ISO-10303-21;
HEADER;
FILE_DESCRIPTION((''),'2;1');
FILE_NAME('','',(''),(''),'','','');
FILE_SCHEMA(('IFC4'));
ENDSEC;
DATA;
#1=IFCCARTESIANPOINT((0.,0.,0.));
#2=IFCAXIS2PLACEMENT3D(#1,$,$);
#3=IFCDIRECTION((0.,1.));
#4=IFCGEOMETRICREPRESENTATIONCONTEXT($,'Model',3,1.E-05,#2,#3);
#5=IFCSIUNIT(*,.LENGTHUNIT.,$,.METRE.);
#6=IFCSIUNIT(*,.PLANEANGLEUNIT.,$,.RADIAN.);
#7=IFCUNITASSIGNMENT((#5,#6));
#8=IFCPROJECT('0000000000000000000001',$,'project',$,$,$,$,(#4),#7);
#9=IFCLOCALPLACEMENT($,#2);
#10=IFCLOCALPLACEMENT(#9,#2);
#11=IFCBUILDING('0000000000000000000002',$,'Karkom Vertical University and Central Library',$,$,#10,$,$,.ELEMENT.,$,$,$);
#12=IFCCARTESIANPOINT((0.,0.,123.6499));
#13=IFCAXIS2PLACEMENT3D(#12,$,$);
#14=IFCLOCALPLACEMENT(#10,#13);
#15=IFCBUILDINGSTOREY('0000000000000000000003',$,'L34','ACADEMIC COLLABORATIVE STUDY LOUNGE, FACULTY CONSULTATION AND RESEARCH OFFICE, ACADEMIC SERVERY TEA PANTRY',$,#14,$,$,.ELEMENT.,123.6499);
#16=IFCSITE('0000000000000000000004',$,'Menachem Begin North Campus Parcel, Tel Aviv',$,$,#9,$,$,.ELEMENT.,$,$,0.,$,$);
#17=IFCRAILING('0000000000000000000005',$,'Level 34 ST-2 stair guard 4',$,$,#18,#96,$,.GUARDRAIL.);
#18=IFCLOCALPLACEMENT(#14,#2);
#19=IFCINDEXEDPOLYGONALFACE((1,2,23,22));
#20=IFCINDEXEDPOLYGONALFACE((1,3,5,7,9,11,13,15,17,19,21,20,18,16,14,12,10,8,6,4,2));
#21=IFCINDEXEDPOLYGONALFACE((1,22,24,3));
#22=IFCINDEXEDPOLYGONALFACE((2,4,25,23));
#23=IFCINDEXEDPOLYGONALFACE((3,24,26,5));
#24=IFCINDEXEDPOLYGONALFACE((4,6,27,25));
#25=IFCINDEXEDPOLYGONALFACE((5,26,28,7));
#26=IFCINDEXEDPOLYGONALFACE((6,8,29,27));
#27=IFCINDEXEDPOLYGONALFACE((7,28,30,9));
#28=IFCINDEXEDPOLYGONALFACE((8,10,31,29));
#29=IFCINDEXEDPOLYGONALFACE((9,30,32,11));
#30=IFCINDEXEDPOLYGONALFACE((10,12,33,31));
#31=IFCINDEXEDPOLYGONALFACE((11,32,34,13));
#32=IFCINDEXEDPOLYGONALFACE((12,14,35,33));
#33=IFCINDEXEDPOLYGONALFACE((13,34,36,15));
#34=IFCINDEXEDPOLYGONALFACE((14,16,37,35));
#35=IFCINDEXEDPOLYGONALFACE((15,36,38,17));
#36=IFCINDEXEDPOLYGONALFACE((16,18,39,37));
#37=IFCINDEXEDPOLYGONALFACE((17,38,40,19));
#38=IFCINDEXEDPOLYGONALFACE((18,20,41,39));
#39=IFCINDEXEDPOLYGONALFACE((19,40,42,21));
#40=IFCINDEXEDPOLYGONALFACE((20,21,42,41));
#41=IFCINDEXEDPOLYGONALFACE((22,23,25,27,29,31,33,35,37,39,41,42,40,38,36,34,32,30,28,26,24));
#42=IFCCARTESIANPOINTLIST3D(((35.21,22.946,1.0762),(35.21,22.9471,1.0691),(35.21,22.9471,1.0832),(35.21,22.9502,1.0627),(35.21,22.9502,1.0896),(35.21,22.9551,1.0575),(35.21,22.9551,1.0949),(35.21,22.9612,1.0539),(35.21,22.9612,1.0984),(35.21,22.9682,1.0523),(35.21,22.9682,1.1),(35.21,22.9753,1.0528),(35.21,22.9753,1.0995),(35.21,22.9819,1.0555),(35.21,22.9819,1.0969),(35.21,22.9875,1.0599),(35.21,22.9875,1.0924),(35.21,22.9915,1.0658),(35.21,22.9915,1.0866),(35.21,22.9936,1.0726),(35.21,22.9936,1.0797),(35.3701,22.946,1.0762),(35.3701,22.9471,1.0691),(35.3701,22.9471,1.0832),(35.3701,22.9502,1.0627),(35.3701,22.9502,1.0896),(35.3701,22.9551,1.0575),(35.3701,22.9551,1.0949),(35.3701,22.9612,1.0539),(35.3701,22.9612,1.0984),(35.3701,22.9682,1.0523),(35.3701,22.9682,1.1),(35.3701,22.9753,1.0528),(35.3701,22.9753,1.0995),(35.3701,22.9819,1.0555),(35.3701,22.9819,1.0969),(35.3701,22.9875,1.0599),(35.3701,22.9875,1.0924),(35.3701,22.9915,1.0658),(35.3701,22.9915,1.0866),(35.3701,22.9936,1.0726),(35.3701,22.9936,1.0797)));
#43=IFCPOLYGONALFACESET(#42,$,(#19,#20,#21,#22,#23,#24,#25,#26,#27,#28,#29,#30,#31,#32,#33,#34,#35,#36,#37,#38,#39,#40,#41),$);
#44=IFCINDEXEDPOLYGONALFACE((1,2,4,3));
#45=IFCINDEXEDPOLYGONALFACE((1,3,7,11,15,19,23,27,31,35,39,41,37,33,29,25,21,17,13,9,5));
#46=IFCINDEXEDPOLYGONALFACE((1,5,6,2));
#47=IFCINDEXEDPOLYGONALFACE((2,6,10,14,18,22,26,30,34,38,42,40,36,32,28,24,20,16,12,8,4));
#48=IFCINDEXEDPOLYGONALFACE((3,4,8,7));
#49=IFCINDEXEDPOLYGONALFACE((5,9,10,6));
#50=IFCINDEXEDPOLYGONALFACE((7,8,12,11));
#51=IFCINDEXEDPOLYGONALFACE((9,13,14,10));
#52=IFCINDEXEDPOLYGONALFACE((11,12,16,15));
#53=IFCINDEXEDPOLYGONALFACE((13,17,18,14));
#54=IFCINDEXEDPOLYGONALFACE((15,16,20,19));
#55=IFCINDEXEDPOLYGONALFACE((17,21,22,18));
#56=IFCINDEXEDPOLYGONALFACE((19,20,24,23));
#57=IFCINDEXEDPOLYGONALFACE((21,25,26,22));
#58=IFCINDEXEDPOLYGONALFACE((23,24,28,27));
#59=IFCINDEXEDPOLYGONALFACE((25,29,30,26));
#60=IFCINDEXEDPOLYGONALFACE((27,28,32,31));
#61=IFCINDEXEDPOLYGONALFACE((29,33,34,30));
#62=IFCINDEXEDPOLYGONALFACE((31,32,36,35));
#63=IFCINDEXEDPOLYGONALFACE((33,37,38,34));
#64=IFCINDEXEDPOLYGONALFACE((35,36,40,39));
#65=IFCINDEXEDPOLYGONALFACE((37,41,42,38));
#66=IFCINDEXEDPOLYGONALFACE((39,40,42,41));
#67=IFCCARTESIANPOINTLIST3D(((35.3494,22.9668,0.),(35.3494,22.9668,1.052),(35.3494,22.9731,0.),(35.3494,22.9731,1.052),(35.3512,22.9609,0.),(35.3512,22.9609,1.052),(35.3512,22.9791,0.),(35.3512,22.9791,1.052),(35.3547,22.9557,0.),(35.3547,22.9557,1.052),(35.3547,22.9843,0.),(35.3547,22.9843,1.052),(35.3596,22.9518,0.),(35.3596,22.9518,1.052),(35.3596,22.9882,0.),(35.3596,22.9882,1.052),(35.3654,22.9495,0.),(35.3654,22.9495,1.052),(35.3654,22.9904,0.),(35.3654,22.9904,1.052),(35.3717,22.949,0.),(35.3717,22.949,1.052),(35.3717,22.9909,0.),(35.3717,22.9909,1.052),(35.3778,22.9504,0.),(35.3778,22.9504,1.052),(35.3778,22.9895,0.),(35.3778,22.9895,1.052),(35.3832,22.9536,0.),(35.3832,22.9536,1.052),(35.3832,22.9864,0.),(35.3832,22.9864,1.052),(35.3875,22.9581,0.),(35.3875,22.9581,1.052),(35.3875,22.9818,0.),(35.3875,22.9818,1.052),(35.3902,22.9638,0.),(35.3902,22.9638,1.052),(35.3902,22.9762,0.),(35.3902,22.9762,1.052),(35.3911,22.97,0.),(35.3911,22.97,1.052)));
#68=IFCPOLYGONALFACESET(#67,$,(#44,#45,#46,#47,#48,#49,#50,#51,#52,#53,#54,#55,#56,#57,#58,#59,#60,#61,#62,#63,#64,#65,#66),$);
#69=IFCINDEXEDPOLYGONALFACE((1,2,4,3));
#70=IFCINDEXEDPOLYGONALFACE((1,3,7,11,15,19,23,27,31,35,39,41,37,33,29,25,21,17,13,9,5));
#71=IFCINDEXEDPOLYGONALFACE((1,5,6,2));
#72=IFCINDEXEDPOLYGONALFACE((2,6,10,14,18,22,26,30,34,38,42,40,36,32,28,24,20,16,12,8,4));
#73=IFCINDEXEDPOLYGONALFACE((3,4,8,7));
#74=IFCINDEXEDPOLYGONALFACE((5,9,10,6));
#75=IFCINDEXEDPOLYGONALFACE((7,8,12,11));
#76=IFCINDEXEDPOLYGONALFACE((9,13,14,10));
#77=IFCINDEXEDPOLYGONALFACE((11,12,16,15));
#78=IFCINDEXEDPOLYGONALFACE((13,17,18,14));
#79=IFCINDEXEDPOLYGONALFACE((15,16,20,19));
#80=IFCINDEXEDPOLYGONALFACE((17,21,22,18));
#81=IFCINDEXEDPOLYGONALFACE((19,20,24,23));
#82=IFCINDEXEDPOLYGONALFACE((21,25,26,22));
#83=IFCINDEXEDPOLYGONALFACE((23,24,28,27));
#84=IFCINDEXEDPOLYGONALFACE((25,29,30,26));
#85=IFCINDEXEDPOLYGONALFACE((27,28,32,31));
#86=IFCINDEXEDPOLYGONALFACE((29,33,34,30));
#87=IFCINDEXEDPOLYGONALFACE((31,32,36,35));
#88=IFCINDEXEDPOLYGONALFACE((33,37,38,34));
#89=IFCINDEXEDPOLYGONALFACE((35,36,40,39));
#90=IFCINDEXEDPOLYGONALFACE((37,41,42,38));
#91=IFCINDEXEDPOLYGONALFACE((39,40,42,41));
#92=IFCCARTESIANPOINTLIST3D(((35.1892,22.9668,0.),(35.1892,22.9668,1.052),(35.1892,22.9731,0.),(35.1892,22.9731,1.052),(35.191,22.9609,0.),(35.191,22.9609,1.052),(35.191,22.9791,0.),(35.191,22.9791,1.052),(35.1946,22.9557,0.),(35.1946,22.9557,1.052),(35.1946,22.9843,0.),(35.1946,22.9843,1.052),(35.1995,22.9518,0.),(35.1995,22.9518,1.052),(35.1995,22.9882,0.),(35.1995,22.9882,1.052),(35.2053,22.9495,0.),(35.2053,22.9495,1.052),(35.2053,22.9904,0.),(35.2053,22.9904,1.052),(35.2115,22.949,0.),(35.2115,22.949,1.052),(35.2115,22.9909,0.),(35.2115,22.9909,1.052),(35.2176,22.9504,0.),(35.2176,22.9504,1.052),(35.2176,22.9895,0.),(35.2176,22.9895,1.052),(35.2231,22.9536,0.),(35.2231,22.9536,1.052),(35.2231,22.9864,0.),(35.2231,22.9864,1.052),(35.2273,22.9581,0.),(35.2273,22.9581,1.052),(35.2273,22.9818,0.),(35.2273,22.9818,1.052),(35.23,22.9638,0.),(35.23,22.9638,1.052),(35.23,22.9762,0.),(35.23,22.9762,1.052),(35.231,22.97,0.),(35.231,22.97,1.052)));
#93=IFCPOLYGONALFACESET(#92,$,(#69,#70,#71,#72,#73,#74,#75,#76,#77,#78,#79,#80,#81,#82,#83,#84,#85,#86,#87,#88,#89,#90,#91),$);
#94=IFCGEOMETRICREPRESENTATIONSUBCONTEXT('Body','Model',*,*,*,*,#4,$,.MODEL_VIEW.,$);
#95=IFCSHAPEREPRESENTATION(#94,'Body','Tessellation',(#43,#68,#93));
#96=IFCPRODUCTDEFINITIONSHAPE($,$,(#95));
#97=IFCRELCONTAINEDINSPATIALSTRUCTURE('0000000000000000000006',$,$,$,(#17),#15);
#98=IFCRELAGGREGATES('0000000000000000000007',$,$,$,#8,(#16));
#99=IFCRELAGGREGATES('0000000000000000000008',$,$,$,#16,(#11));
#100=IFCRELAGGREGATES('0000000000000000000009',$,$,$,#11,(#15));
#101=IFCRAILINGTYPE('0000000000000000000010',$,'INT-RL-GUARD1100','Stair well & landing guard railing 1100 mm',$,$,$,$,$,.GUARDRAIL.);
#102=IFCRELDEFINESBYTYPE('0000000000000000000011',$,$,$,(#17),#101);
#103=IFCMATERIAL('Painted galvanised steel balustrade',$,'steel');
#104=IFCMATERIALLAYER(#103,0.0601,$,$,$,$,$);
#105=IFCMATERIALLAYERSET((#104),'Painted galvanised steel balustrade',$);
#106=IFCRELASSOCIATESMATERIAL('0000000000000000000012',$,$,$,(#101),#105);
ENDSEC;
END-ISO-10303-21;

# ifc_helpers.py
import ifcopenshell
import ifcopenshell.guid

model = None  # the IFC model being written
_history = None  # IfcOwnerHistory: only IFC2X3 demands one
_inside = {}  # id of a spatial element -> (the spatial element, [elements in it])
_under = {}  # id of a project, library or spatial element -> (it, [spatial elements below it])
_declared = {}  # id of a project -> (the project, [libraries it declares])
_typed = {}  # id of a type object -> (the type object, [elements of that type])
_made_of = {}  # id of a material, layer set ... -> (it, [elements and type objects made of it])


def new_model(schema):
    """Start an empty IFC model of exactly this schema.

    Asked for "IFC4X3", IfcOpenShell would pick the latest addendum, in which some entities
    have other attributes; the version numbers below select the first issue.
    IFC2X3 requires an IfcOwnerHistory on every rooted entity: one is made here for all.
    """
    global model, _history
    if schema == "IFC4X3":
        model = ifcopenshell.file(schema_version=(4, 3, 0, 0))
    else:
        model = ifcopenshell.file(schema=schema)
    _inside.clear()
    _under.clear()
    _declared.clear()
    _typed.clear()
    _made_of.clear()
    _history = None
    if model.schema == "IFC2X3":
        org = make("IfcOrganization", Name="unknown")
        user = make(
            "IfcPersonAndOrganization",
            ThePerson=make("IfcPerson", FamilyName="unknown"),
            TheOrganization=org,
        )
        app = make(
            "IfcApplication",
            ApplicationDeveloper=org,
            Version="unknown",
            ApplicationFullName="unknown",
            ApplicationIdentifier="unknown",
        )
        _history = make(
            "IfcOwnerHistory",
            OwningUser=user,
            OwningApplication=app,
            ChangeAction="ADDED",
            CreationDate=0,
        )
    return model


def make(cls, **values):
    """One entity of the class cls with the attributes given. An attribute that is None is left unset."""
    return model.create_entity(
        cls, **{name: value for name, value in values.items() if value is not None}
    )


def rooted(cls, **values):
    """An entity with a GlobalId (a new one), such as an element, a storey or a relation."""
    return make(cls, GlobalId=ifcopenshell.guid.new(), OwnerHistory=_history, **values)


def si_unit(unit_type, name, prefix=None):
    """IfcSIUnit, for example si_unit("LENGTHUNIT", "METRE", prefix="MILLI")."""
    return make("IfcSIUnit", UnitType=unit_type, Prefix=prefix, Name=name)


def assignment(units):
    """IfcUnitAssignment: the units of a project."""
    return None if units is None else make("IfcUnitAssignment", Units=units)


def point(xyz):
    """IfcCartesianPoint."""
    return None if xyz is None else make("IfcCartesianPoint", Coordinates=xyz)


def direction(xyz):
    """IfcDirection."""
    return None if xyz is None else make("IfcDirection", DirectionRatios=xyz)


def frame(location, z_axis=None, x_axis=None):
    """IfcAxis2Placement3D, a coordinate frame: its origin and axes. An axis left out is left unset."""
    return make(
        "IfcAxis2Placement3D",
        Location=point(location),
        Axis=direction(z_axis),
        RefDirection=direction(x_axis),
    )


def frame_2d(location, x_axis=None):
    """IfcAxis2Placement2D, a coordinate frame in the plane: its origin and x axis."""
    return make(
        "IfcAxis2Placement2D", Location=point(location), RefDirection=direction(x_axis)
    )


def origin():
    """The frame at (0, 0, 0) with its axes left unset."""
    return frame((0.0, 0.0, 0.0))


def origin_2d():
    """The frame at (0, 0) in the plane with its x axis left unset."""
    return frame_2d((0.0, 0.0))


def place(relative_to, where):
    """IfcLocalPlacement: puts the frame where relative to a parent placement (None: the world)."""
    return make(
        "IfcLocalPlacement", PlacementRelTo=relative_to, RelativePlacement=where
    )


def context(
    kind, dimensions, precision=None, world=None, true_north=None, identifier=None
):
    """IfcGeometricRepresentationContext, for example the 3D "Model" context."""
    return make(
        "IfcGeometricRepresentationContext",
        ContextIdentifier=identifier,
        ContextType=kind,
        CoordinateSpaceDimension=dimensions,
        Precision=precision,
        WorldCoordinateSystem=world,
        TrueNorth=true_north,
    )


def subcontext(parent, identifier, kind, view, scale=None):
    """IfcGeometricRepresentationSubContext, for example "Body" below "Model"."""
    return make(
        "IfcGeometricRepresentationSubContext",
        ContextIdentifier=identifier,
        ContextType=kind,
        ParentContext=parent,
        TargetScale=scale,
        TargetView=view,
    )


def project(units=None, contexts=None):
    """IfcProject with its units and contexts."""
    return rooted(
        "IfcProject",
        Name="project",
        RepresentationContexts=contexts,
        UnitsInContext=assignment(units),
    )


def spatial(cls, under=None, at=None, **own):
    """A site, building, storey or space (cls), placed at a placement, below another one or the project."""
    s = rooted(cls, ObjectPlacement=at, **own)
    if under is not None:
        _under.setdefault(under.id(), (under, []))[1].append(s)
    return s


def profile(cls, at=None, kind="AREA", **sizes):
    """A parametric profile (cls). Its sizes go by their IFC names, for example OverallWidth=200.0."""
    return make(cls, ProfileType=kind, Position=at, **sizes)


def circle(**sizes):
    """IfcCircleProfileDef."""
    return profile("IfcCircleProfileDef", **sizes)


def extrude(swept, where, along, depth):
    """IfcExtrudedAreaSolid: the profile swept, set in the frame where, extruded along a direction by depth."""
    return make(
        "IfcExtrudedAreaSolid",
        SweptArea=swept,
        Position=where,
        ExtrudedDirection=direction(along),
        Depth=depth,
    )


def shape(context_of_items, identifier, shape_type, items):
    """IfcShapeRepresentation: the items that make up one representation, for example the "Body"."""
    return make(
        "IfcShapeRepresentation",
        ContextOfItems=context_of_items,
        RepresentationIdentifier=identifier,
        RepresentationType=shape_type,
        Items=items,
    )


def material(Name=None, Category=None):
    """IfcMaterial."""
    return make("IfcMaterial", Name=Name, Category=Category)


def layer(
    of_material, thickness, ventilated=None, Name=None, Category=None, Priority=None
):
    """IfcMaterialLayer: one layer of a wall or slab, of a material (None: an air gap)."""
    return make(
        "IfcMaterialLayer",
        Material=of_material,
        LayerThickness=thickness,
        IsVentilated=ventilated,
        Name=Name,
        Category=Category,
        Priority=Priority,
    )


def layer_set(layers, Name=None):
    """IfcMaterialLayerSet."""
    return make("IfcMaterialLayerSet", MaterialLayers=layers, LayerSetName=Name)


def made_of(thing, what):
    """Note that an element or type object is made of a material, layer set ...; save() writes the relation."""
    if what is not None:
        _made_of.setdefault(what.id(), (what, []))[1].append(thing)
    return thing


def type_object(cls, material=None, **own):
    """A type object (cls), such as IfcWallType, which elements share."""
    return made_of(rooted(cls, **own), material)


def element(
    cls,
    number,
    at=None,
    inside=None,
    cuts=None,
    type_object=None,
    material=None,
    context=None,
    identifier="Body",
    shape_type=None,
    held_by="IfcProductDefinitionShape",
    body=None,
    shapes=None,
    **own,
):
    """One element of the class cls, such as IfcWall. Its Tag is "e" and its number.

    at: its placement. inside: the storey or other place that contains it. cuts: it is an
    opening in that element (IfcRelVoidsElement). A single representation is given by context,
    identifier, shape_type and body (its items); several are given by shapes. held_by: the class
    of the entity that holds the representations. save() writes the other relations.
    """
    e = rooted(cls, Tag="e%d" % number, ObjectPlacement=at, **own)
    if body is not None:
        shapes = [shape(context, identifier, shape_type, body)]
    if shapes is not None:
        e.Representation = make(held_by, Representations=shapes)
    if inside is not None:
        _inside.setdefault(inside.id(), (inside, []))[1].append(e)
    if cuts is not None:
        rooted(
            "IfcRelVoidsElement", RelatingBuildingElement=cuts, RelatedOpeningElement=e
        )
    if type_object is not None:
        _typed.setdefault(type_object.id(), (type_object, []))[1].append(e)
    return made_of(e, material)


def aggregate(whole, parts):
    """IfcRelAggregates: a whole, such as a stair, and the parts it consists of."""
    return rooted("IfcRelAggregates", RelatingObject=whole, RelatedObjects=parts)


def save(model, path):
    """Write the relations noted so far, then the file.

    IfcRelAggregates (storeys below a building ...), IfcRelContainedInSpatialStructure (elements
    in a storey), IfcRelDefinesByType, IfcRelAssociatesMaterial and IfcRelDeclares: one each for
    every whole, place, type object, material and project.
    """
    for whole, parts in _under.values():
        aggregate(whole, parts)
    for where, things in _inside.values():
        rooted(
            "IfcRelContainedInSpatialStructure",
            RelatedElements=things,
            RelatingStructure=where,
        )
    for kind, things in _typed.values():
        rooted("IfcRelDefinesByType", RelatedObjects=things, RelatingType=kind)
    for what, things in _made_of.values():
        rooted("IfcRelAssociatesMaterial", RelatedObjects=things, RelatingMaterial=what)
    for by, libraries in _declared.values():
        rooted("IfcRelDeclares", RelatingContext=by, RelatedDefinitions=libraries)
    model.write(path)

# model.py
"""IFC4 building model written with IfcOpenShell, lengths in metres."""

from ifc_helpers import new_model, si_unit, direction, frame, origin, origin_2d, place, context, subcontext, project, spatial, circle, extrude, material, layer, layer_set, type_object, element, save


model = new_model("IFC4")

# Units and contexts
model_context = context("Model", 3, precision=1e-05, world=origin(), true_north=direction((0.0, 1.0)))
body_context = subcontext(model_context, "Body", "Model", "MODEL_VIEW")
ifc_project = project(units=[si_unit("LENGTHUNIT", "METRE"), si_unit("PLANEANGLEUNIT", "RADIAN")], contexts=[model_context])

# Site, building, storey
site_placement = place(None, origin())
site = spatial("IfcSite", under=ifc_project, at=site_placement, Name="Menachem Begin North Campus Parcel, Tel Aviv", CompositionType="ELEMENT", RefElevation=0.0)
building_placement = place(site_placement, origin())
building = spatial("IfcBuilding", under=site, at=building_placement, Name="Karkom Vertical University and Central Library", CompositionType="ELEMENT")
storey_placement = place(building_placement, frame((0.0, 0.0, 123.6499)))
storey = spatial("IfcBuildingStorey", under=building, at=storey_placement, Name="L34", Description="ACADEMIC COLLABORATIVE STUDY LOUNGE, FACULTY CONSULTATION AND RESEARCH OFFICE, ACADEMIC SERVERY TEA PANTRY", CompositionType="ELEMENT", Elevation=123.6499)

# Railing
ifc_material_1 = material(Name="Painted galvanised steel balustrade", Category="steel")
ifc_layer_1 = layer(ifc_material_1, 0.0601)
ifc_layer_set_1 = layer_set([ifc_layer_1], Name="Painted galvanised steel balustrade")
railing_type_1 = type_object("IfcRailingType", Name="INT-RL-GUARD1100", Description="Stair well & landing guard railing 1100 mm", PredefinedType="GUARDRAIL", material=ifc_layer_set_1)
railing_1_placement = place(storey_placement, frame((35.3701, 22.97, 0.0)))
element("IfcRailing", 1, at=railing_1_placement, inside=storey, type_object=railing_type_1, Name="Level 34 ST-2 stair guard 4", PredefinedType="GUARDRAIL", context=body_context, shape_type="SweptSolid", body=[
    extrude(circle(Radius=0.0239, at=origin_2d()), frame((0.0, 0.0, 1.0762), z_axis=(-1.0, 0.0, 0.0), x_axis=(0.0, -1.0, 0.0)), (0.0, 0.0, 1.0), 0.1602),
    extrude(circle(Radius=0.021, at=origin_2d()), origin(), (0.0, 0.0, 1.0), 1.052),
    extrude(circle(Radius=0.021, at=origin_2d()), frame((-0.1602, 0.0, 0.0)), (0.0, 0.0, 1.0), 1.052),
])

save(model, "model.ifc")
